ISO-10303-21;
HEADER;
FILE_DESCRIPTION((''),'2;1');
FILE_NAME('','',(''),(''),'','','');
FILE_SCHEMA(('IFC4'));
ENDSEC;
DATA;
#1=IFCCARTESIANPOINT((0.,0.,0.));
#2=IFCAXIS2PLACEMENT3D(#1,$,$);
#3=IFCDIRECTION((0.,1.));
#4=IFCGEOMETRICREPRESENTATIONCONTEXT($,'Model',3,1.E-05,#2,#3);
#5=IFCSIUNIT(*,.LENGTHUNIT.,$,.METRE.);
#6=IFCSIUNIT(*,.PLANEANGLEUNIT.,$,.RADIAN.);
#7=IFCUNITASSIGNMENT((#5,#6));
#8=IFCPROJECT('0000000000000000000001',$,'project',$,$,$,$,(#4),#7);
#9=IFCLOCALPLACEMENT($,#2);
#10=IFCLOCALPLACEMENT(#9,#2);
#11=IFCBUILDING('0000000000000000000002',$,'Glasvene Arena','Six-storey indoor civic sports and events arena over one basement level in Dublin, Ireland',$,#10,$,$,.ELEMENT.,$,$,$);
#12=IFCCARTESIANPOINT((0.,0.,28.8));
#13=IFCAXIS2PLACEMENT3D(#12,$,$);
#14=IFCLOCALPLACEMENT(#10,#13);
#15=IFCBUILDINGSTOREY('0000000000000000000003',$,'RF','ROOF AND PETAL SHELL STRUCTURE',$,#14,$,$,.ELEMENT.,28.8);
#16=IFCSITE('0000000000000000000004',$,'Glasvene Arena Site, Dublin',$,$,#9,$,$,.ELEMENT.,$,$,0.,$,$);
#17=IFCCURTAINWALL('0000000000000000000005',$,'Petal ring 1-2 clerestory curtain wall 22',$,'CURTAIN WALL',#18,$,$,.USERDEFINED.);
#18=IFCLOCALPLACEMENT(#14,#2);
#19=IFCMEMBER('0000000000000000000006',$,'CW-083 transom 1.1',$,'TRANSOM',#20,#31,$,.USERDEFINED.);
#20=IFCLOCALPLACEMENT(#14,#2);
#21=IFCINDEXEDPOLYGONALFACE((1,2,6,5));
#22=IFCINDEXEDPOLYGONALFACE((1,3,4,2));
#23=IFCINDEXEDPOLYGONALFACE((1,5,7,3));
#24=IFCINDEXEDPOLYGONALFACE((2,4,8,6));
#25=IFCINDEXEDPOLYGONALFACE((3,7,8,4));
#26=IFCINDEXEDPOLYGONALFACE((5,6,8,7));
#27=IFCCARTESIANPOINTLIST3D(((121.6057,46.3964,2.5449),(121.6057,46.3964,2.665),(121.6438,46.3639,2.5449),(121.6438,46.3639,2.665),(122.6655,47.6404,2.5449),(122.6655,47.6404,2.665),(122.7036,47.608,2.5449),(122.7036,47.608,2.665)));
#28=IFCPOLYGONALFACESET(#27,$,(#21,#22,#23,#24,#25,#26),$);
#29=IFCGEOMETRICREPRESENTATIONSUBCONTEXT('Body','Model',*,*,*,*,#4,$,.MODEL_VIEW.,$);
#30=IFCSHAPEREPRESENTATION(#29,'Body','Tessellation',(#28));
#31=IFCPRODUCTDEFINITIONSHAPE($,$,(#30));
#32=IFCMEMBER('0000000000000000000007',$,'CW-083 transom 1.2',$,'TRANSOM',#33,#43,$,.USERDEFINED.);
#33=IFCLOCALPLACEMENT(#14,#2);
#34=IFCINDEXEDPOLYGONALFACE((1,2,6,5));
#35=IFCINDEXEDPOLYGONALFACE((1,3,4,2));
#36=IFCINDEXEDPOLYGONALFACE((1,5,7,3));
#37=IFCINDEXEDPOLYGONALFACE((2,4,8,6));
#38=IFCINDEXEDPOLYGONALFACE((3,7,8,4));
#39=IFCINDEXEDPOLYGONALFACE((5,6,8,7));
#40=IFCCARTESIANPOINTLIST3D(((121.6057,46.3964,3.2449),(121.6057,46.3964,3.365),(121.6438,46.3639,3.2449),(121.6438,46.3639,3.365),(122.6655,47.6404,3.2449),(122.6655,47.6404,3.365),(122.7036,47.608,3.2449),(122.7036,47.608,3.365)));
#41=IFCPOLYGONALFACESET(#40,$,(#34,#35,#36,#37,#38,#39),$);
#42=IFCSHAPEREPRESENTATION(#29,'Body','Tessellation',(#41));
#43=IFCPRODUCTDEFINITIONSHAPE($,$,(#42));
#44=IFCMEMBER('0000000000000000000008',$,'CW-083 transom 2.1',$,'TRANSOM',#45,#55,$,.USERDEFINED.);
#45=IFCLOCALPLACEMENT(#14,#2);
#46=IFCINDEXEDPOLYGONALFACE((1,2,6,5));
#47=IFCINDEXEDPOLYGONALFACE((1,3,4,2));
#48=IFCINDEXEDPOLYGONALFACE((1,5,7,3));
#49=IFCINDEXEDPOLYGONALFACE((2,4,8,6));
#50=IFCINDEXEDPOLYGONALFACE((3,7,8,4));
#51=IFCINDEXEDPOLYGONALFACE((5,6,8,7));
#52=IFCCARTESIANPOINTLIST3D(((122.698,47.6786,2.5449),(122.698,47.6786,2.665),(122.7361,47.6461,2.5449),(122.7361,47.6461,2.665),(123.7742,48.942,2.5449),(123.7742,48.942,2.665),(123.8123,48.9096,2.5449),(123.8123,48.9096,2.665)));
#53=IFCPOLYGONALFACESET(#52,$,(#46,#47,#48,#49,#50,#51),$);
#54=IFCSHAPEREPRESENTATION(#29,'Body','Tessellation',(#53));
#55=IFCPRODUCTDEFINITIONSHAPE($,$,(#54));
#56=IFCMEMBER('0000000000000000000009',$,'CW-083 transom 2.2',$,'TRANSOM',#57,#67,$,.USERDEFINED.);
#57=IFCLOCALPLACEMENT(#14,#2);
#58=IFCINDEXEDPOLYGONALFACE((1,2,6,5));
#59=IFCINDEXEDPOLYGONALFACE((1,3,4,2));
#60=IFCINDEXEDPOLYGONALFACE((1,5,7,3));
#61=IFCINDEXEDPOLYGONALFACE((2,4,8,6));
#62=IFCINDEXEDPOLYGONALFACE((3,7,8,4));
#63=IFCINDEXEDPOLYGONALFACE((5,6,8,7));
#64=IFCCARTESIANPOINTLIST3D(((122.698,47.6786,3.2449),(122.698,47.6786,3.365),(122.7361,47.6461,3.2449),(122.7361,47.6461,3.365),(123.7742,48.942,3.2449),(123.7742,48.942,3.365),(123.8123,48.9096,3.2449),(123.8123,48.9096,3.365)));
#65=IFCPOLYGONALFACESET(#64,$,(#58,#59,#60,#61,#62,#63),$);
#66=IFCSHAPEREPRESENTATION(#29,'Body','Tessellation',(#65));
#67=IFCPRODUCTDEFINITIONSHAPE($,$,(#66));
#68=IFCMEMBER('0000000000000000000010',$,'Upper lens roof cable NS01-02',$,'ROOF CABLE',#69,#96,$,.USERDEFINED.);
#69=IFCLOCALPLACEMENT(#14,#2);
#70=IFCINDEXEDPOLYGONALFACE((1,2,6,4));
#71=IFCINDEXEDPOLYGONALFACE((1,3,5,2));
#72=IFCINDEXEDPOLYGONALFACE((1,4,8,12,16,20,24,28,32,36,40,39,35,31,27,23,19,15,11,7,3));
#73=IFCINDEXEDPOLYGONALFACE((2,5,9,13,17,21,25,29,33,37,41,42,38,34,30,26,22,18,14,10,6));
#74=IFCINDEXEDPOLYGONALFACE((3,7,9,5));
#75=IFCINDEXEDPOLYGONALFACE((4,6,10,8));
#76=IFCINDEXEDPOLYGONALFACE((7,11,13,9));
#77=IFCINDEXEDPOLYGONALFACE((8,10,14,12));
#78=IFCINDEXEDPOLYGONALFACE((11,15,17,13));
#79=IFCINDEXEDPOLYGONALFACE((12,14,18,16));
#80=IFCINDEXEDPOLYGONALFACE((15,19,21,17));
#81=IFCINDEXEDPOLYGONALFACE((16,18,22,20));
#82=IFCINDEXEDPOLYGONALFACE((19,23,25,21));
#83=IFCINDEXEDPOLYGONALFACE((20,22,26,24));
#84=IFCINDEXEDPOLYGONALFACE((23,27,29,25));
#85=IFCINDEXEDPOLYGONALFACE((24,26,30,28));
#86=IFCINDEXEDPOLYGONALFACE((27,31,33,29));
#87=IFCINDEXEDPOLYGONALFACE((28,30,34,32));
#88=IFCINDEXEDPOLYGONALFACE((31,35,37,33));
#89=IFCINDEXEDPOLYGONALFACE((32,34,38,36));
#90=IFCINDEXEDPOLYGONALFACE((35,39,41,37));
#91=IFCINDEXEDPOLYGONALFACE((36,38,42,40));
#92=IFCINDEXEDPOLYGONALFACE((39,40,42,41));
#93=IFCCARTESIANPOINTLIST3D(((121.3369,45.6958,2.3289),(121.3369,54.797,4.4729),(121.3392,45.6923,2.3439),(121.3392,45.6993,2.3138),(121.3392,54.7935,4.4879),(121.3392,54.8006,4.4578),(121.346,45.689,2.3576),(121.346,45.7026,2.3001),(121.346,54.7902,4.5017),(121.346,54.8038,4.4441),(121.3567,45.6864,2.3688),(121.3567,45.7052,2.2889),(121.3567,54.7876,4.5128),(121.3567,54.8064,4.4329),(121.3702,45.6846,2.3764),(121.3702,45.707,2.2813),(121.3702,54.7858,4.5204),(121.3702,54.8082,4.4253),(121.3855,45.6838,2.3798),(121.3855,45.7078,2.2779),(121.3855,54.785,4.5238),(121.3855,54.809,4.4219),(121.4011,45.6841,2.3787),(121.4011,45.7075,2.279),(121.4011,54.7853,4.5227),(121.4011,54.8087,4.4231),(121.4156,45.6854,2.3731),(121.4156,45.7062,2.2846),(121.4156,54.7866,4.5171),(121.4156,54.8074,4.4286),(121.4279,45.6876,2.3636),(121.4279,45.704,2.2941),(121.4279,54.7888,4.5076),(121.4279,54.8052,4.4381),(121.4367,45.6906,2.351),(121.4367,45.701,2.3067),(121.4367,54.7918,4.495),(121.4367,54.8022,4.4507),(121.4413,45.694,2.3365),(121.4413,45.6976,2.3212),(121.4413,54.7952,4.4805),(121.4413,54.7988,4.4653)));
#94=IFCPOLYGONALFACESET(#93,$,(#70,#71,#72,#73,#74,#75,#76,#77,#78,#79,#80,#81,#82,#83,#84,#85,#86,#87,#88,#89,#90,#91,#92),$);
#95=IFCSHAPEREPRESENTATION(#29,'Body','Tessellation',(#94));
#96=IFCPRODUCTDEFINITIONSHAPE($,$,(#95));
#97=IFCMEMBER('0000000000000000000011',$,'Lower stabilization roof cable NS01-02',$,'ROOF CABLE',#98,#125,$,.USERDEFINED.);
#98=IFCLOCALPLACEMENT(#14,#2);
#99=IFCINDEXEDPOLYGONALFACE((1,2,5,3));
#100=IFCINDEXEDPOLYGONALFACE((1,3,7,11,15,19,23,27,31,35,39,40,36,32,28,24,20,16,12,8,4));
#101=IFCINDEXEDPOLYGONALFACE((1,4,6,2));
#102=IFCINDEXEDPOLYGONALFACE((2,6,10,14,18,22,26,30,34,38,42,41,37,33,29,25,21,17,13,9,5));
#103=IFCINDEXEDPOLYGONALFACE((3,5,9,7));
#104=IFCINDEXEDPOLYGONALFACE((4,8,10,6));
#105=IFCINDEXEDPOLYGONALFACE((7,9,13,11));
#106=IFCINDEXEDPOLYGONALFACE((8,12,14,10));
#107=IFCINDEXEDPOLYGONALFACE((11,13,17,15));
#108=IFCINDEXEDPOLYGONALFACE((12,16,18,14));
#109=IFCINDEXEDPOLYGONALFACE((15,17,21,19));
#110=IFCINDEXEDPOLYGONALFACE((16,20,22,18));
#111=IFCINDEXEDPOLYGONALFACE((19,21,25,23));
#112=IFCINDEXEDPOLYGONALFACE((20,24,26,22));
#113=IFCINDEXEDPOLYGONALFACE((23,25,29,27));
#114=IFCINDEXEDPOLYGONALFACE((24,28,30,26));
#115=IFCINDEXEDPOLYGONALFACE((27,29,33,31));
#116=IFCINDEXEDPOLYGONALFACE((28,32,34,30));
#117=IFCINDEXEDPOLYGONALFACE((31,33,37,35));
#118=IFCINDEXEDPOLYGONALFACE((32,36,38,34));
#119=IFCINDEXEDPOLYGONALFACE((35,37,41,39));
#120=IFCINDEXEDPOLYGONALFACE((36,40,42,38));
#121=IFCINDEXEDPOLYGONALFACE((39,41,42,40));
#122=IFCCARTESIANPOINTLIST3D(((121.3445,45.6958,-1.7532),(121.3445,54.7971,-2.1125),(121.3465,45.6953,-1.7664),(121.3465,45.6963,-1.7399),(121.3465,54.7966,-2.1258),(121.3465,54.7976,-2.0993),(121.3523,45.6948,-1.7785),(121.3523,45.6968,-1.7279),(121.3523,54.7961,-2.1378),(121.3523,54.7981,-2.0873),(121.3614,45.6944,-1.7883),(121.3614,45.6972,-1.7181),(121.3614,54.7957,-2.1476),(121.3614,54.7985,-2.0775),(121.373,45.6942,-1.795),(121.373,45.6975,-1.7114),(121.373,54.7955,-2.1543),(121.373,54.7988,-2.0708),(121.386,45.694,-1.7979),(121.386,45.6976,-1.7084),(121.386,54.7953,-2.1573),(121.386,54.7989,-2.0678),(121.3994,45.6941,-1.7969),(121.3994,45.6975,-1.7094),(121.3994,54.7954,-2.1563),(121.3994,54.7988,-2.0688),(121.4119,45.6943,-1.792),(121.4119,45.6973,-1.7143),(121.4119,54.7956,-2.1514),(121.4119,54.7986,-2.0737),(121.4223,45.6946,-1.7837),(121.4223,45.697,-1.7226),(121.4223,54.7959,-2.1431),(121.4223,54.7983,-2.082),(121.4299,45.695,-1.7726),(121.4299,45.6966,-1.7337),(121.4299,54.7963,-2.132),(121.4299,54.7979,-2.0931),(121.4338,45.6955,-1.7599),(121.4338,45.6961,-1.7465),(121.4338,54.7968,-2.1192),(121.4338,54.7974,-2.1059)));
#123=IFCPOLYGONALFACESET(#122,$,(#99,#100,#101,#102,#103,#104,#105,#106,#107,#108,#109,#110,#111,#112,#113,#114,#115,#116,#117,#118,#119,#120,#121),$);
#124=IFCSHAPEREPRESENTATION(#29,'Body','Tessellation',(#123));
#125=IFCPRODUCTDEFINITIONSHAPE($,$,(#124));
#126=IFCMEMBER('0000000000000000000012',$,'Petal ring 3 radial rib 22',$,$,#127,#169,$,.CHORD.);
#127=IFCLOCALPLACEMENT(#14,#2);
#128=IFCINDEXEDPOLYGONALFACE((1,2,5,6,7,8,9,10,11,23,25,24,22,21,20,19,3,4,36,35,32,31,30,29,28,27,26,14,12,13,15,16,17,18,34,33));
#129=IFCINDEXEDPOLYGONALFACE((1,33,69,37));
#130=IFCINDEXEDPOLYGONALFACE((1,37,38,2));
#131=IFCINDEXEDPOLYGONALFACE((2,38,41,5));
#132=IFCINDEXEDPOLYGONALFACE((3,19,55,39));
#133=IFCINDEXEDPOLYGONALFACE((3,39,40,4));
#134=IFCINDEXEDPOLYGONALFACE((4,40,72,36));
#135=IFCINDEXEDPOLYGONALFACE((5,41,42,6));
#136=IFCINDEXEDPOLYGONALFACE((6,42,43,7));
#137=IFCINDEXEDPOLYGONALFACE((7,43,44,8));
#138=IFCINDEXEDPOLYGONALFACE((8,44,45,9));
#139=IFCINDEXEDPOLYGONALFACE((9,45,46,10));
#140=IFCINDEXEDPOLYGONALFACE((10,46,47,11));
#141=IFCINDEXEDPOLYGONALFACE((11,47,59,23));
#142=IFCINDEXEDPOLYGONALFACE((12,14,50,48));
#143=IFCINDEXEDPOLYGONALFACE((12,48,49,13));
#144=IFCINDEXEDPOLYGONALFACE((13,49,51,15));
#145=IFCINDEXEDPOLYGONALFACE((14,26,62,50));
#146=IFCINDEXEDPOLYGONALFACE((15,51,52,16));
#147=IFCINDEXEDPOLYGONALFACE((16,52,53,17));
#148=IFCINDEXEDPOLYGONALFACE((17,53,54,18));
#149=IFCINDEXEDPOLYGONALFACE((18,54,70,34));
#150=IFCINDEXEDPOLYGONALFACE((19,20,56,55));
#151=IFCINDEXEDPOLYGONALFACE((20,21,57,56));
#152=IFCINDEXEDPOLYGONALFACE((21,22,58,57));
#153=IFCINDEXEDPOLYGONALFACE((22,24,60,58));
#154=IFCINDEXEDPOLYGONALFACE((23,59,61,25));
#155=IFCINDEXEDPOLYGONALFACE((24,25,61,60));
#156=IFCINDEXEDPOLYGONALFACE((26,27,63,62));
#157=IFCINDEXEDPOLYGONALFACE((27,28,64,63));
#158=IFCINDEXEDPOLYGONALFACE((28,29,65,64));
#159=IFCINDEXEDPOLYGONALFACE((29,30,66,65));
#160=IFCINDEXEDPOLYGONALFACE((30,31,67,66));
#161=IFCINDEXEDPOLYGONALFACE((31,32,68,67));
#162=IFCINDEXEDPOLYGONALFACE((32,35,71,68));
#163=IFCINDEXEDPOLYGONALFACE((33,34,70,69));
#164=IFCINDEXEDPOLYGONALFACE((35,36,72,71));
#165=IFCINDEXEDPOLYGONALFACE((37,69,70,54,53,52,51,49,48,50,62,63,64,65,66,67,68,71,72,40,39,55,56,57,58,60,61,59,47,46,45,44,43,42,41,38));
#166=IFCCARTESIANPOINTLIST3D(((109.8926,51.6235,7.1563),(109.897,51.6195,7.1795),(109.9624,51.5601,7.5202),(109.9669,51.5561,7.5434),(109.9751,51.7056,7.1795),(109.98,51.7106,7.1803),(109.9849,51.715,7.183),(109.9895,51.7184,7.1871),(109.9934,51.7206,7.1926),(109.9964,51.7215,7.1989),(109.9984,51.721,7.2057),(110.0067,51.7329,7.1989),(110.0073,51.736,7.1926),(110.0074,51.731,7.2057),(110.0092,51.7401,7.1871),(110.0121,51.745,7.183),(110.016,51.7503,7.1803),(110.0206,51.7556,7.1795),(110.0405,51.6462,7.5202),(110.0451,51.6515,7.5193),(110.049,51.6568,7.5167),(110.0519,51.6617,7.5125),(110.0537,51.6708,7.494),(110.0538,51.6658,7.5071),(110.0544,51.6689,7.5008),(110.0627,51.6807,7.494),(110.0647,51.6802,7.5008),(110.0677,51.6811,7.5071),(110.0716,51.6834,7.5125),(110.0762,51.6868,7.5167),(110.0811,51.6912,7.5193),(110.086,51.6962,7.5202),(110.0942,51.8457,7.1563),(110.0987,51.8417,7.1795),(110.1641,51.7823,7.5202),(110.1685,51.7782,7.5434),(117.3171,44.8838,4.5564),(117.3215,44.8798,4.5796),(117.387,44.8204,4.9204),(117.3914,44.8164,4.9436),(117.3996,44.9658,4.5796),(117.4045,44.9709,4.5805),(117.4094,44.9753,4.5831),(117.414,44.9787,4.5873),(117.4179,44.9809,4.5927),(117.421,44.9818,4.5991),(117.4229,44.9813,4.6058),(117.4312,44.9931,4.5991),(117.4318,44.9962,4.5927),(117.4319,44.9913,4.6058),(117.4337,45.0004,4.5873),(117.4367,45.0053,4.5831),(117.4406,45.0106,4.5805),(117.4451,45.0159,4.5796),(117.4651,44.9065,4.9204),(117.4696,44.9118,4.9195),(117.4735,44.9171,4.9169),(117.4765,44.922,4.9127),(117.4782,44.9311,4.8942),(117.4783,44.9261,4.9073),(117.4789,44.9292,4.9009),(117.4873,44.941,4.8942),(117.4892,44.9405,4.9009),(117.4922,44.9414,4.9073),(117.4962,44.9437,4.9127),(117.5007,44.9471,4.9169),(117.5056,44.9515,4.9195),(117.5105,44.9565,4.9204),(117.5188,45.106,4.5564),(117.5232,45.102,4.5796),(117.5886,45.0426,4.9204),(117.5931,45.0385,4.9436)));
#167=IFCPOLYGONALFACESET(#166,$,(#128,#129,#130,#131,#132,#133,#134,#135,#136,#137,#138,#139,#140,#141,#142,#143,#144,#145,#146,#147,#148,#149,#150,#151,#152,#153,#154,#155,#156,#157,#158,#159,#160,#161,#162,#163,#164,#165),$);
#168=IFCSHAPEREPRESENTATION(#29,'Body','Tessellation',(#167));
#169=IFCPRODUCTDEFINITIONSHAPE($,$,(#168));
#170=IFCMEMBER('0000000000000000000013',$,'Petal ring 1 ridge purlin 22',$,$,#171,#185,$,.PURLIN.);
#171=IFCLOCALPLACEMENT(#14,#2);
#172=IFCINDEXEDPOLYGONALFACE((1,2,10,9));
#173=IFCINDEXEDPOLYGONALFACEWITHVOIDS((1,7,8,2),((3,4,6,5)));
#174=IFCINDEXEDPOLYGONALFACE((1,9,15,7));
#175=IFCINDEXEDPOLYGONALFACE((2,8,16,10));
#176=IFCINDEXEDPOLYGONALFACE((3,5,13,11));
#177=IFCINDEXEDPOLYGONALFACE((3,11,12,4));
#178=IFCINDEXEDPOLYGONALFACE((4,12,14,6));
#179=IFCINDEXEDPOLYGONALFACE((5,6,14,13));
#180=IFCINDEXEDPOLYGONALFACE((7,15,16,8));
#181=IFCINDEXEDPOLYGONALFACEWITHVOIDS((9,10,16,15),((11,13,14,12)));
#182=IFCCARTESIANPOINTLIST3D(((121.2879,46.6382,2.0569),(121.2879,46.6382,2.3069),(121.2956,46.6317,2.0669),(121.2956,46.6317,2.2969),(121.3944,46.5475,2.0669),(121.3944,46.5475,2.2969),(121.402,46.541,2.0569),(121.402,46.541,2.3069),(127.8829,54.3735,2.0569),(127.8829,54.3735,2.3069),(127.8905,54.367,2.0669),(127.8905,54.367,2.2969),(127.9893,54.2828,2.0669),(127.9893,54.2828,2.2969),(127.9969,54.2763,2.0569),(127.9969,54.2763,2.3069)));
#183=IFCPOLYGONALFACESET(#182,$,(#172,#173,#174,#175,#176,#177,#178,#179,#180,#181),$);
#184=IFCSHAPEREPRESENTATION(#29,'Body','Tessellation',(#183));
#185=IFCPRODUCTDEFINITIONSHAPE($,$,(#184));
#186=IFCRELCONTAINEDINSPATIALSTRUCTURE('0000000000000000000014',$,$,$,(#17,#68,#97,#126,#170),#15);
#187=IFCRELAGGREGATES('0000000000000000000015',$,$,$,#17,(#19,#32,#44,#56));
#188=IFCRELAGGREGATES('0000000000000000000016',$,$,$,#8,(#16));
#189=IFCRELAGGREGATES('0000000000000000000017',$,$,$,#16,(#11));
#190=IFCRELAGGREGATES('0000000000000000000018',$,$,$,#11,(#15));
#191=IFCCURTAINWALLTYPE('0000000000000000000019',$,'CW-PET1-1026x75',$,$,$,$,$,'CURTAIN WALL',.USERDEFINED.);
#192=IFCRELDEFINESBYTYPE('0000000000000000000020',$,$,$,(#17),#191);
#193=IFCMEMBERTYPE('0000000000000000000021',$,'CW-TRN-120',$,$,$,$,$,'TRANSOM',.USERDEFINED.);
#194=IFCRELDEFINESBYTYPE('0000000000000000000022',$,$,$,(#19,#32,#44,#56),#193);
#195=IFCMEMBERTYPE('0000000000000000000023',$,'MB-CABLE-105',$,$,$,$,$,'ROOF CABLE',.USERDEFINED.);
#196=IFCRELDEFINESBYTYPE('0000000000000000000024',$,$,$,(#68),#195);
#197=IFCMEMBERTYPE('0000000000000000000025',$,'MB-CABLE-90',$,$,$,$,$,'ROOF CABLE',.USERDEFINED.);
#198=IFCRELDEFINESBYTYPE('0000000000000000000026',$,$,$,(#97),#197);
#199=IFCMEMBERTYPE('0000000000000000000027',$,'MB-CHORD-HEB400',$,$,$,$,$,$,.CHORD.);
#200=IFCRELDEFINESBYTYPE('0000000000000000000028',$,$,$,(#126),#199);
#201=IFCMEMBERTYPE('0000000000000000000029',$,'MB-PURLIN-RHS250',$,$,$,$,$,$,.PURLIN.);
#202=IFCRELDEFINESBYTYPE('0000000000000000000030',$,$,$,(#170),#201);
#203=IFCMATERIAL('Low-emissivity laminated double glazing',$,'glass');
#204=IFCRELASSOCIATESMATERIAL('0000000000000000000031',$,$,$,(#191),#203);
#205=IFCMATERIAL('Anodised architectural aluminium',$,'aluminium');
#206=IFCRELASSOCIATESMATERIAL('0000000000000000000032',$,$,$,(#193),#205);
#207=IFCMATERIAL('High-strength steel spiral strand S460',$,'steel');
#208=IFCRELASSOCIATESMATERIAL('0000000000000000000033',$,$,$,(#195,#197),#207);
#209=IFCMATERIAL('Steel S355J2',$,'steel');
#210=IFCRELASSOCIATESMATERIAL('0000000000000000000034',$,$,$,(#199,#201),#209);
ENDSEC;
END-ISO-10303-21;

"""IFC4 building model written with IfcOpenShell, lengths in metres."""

from ifc_helpers import new_model, si_unit, direction, frame, origin, origin_2d, place, context, subcontext, project, spatial, rectangle, hollow_rectangle, circle, i_section, extrude, material, material_profile, profile_set, type_object, element, aggregate, save


model = new_model("IFC4")

# Units and contexts
model_context = context("Model", 3, precision=1e-05, world=origin(), true_north=direction((0.0, 1.0)))
body_context = subcontext(model_context, "Body", "Model", "MODEL_VIEW")
ifc_project = project(units=[si_unit("LENGTHUNIT", "METRE"), si_unit("PLANEANGLEUNIT", "RADIAN")], contexts=[model_context])

# Site, building, storey
site_placement = place(None, origin())
site = spatial("IfcSite", under=ifc_project, at=site_placement, Name="Glasvene Arena Site, Dublin", CompositionType="ELEMENT", RefElevation=0.0)
building_placement = place(site_placement, origin())
building = spatial("IfcBuilding", under=site, at=building_placement, Name="Glasvene Arena", Description="Six-storey indoor civic sports and events arena over one basement level in Dublin, Ireland", CompositionType="ELEMENT")
storey_placement = place(building_placement, frame((0.0, 0.0, 28.8)))
storey = spatial("IfcBuildingStorey", under=building, at=storey_placement, Name="RF", Description="ROOF AND PETAL SHELL STRUCTURE", CompositionType="ELEMENT", Elevation=28.8)

# Curtain wall
ifc_material_1 = material(Name="Low-emissivity laminated double glazing", Category="glass")
ifc_material_2 = material(Name="Anodised architectural aluminium", Category="aluminium")
curtain_wall_type_1 = type_object("IfcCurtainWallType", Name="CW-PET1-1026x75", ElementType="CURTAIN WALL", PredefinedType="USERDEFINED", material=ifc_material_1)
curtain_wall_1_placement = place(storey_placement, frame((121.5923, 46.342, 0.0)))
curtain_wall_1 = element("IfcCurtainWall", 1, at=curtain_wall_1_placement, inside=storey, type_object=curtain_wall_type_1, Name="Petal ring 1-2 clerestory curtain wall 22", ObjectType="CURTAIN WALL", PredefinedType="USERDEFINED")

# Members
ifc_material_profile_1 = material_profile(ifc_material_2, rectangle(XDim=0.05, YDim=0.1201, at=origin_2d()), Name="ALU TRANSOM 50x120")
ifc_profile_set_1 = profile_set([ifc_material_profile_1], Name="Anodised architectural aluminium")
member_type_1 = type_object("IfcMemberType", Name="CW-TRN-120", ElementType="TRANSOM", PredefinedType="USERDEFINED", material=ifc_profile_set_1)
member_1_placement = place(storey_placement, frame((121.6248, 46.3801, 2.605), z_axis=(0.648463, 0.761246, 0.0), x_axis=(-0.761246, 0.648463, 0.0)))
member_1 = element("IfcMember", 2, at=member_1_placement, type_object=member_type_1, Name="CW-083 transom 1.1", ObjectType="TRANSOM", PredefinedType="USERDEFINED", context=body_context, shape_type="SweptSolid", body=[
    extrude(rectangle(XDim=0.05, YDim=0.1201, at=origin_2d()), origin(), (0.0, 0.0, 1.0), 1.6343),
])
member_2_placement = place(storey_placement, frame((121.6248, 46.3801, 3.3049), z_axis=(0.648463, 0.761246, 0.0), x_axis=(-0.761246, 0.648463, 0.0)))
member_2 = element("IfcMember", 3, at=member_2_placement, type_object=member_type_1, Name="CW-083 transom 1.2", ObjectType="TRANSOM", PredefinedType="USERDEFINED", context=body_context, shape_type="SweptSolid", body=[
    extrude(rectangle(XDim=0.05, YDim=0.1201, at=origin_2d()), origin(), (0.0, 0.0, 1.0), 1.6343),
])
member_3_placement = place(storey_placement, frame((122.717, 47.6624, 2.605), z_axis=(0.648438, 0.761267, 0.0), x_axis=(-0.761267, 0.648438, 0.0)))
member_3 = element("IfcMember", 4, at=member_3_placement, type_object=member_type_1, Name="CW-083 transom 2.1", ObjectType="TRANSOM", PredefinedType="USERDEFINED", context=body_context, shape_type="SweptSolid", body=[
    extrude(rectangle(XDim=0.05, YDim=0.1201, at=origin_2d()), origin(), (0.0, 0.0, 1.0), 1.6597),
])
member_4_placement = place(storey_placement, frame((122.717, 47.6624, 3.3049), z_axis=(0.648438, 0.761267, 0.0), x_axis=(-0.761267, 0.648438, 0.0)))
member_4 = element("IfcMember", 5, at=member_4_placement, type_object=member_type_1, Name="CW-083 transom 2.2", ObjectType="TRANSOM", PredefinedType="USERDEFINED", context=body_context, shape_type="SweptSolid", body=[
    extrude(rectangle(XDim=0.05, YDim=0.1201, at=origin_2d()), origin(), (0.0, 0.0, 1.0), 1.6597),
])

# Members
ifc_material_3 = material(Name="High-strength steel spiral strand S460", Category="steel")
ifc_material_profile_2 = material_profile(ifc_material_3, circle(Radius=0.0525, at=origin_2d()), Name="LCSS D105")
ifc_profile_set_2 = profile_set([ifc_material_profile_2], Name="High-strength steel spiral strand S460")
member_type_2 = type_object("IfcMemberType", Name="MB-CABLE-105", ElementType="ROOF CABLE", PredefinedType="USERDEFINED", material=ifc_profile_set_2)
member_5_placement = place(storey_placement, frame((121.3894, 45.6958, 2.3289), z_axis=(0.0, 0.973356, 0.229298), x_axis=(-1.0, 0.0, 0.0)))
element("IfcMember", 6, at=member_5_placement, inside=storey, type_object=member_type_2, Name="Upper lens roof cable NS01-02", ObjectType="ROOF CABLE", PredefinedType="USERDEFINED", context=body_context, shape_type="SweptSolid", body=[
    extrude(circle(Radius=0.0525, at=origin_2d()), origin(), (0.0, 0.0, 1.0), 9.3503),
])
ifc_material_profile_3 = material_profile(ifc_material_3, circle(Radius=0.0449, at=origin_2d()), Name="LCSS D90")
ifc_profile_set_3 = profile_set([ifc_material_profile_3], Name="High-strength steel spiral strand S460")
member_type_3 = type_object("IfcMemberType", Name="MB-CABLE-90", ElementType="ROOF CABLE", PredefinedType="USERDEFINED", material=ifc_profile_set_3)
member_6_placement = place(storey_placement, frame((121.3894, 45.6958, -1.7532), z_axis=(0.0, 0.999221, -0.039455), x_axis=(-1.0, 0.0, 0.0)))
element("IfcMember", 7, at=member_6_placement, inside=storey, type_object=member_type_3, Name="Lower stabilization roof cable NS01-02", ObjectType="ROOF CABLE", PredefinedType="USERDEFINED", context=body_context, shape_type="SweptSolid", body=[
    extrude(circle(Radius=0.0449, at=origin_2d()), origin(), (0.0, 0.0, 1.0), 9.1084),
])
ifc_material_4 = material(Name="Steel S355J2", Category="steel")
ifc_material_profile_4 = material_profile(ifc_material_4, i_section(OverallWidth=0.3, OverallDepth=0.3999, WebThickness=0.0134, FlangeThickness=0.0239, FilletRadius=0.0271, at=origin_2d()), Name="HEB 400")
ifc_profile_set_4 = profile_set([ifc_material_profile_4], Name="Steel S355J2")
member_type_4 = type_object("IfcMemberType", Name="MB-CHORD-HEB400", PredefinedType="CHORD", material=ifc_profile_set_4)
member_7_placement = place(storey_placement, frame((117.4551, 44.9612, 4.75), z_axis=(-0.71673, 0.650622, 0.250977), x_axis=(-0.672135, -0.740429, 0.0)))
element("IfcMember", 8, at=member_7_placement, inside=storey, type_object=member_type_4, Name="Petal ring 3 radial rib 22", PredefinedType="CHORD", context=body_context, shape_type="SweptSolid", body=[
    extrude(i_section(OverallWidth=0.3, OverallDepth=0.3999, WebThickness=0.0134, FlangeThickness=0.0239, FilletRadius=0.0271, at=origin_2d()), origin(), (0.0, 0.0, 1.0), 10.3589),
])
ifc_material_profile_5 = material_profile(ifc_material_4, hollow_rectangle(XDim=0.1499, YDim=0.25, WallThickness=0.01, at=origin_2d()), Name="RHS 250x150x10.0")
ifc_profile_set_5 = profile_set([ifc_material_profile_5], Name="Steel S355J2")
member_type_5 = type_object("IfcMemberType", Name="MB-PURLIN-RHS250", PredefinedType="PURLIN", material=ifc_profile_set_5)
member_8_placement = place(storey_placement, frame((121.345, 46.5896, 2.1819), z_axis=(0.648785, 0.760971, 0.0), x_axis=(-0.760971, 0.648785, 0.0)))
element("IfcMember", 9, at=member_8_placement, inside=storey, type_object=member_type_5, Name="Petal ring 1 ridge purlin 22", PredefinedType="PURLIN", context=body_context, shape_type="SweptSolid", body=[
    extrude(hollow_rectangle(XDim=0.1499, YDim=0.25, WallThickness=0.01, at=origin_2d()), origin(), (0.0, 0.0, 1.0), 10.165),
])

aggregate(curtain_wall_1, [member_1, member_2, member_3, member_4])

save(model, "model.ifc")
